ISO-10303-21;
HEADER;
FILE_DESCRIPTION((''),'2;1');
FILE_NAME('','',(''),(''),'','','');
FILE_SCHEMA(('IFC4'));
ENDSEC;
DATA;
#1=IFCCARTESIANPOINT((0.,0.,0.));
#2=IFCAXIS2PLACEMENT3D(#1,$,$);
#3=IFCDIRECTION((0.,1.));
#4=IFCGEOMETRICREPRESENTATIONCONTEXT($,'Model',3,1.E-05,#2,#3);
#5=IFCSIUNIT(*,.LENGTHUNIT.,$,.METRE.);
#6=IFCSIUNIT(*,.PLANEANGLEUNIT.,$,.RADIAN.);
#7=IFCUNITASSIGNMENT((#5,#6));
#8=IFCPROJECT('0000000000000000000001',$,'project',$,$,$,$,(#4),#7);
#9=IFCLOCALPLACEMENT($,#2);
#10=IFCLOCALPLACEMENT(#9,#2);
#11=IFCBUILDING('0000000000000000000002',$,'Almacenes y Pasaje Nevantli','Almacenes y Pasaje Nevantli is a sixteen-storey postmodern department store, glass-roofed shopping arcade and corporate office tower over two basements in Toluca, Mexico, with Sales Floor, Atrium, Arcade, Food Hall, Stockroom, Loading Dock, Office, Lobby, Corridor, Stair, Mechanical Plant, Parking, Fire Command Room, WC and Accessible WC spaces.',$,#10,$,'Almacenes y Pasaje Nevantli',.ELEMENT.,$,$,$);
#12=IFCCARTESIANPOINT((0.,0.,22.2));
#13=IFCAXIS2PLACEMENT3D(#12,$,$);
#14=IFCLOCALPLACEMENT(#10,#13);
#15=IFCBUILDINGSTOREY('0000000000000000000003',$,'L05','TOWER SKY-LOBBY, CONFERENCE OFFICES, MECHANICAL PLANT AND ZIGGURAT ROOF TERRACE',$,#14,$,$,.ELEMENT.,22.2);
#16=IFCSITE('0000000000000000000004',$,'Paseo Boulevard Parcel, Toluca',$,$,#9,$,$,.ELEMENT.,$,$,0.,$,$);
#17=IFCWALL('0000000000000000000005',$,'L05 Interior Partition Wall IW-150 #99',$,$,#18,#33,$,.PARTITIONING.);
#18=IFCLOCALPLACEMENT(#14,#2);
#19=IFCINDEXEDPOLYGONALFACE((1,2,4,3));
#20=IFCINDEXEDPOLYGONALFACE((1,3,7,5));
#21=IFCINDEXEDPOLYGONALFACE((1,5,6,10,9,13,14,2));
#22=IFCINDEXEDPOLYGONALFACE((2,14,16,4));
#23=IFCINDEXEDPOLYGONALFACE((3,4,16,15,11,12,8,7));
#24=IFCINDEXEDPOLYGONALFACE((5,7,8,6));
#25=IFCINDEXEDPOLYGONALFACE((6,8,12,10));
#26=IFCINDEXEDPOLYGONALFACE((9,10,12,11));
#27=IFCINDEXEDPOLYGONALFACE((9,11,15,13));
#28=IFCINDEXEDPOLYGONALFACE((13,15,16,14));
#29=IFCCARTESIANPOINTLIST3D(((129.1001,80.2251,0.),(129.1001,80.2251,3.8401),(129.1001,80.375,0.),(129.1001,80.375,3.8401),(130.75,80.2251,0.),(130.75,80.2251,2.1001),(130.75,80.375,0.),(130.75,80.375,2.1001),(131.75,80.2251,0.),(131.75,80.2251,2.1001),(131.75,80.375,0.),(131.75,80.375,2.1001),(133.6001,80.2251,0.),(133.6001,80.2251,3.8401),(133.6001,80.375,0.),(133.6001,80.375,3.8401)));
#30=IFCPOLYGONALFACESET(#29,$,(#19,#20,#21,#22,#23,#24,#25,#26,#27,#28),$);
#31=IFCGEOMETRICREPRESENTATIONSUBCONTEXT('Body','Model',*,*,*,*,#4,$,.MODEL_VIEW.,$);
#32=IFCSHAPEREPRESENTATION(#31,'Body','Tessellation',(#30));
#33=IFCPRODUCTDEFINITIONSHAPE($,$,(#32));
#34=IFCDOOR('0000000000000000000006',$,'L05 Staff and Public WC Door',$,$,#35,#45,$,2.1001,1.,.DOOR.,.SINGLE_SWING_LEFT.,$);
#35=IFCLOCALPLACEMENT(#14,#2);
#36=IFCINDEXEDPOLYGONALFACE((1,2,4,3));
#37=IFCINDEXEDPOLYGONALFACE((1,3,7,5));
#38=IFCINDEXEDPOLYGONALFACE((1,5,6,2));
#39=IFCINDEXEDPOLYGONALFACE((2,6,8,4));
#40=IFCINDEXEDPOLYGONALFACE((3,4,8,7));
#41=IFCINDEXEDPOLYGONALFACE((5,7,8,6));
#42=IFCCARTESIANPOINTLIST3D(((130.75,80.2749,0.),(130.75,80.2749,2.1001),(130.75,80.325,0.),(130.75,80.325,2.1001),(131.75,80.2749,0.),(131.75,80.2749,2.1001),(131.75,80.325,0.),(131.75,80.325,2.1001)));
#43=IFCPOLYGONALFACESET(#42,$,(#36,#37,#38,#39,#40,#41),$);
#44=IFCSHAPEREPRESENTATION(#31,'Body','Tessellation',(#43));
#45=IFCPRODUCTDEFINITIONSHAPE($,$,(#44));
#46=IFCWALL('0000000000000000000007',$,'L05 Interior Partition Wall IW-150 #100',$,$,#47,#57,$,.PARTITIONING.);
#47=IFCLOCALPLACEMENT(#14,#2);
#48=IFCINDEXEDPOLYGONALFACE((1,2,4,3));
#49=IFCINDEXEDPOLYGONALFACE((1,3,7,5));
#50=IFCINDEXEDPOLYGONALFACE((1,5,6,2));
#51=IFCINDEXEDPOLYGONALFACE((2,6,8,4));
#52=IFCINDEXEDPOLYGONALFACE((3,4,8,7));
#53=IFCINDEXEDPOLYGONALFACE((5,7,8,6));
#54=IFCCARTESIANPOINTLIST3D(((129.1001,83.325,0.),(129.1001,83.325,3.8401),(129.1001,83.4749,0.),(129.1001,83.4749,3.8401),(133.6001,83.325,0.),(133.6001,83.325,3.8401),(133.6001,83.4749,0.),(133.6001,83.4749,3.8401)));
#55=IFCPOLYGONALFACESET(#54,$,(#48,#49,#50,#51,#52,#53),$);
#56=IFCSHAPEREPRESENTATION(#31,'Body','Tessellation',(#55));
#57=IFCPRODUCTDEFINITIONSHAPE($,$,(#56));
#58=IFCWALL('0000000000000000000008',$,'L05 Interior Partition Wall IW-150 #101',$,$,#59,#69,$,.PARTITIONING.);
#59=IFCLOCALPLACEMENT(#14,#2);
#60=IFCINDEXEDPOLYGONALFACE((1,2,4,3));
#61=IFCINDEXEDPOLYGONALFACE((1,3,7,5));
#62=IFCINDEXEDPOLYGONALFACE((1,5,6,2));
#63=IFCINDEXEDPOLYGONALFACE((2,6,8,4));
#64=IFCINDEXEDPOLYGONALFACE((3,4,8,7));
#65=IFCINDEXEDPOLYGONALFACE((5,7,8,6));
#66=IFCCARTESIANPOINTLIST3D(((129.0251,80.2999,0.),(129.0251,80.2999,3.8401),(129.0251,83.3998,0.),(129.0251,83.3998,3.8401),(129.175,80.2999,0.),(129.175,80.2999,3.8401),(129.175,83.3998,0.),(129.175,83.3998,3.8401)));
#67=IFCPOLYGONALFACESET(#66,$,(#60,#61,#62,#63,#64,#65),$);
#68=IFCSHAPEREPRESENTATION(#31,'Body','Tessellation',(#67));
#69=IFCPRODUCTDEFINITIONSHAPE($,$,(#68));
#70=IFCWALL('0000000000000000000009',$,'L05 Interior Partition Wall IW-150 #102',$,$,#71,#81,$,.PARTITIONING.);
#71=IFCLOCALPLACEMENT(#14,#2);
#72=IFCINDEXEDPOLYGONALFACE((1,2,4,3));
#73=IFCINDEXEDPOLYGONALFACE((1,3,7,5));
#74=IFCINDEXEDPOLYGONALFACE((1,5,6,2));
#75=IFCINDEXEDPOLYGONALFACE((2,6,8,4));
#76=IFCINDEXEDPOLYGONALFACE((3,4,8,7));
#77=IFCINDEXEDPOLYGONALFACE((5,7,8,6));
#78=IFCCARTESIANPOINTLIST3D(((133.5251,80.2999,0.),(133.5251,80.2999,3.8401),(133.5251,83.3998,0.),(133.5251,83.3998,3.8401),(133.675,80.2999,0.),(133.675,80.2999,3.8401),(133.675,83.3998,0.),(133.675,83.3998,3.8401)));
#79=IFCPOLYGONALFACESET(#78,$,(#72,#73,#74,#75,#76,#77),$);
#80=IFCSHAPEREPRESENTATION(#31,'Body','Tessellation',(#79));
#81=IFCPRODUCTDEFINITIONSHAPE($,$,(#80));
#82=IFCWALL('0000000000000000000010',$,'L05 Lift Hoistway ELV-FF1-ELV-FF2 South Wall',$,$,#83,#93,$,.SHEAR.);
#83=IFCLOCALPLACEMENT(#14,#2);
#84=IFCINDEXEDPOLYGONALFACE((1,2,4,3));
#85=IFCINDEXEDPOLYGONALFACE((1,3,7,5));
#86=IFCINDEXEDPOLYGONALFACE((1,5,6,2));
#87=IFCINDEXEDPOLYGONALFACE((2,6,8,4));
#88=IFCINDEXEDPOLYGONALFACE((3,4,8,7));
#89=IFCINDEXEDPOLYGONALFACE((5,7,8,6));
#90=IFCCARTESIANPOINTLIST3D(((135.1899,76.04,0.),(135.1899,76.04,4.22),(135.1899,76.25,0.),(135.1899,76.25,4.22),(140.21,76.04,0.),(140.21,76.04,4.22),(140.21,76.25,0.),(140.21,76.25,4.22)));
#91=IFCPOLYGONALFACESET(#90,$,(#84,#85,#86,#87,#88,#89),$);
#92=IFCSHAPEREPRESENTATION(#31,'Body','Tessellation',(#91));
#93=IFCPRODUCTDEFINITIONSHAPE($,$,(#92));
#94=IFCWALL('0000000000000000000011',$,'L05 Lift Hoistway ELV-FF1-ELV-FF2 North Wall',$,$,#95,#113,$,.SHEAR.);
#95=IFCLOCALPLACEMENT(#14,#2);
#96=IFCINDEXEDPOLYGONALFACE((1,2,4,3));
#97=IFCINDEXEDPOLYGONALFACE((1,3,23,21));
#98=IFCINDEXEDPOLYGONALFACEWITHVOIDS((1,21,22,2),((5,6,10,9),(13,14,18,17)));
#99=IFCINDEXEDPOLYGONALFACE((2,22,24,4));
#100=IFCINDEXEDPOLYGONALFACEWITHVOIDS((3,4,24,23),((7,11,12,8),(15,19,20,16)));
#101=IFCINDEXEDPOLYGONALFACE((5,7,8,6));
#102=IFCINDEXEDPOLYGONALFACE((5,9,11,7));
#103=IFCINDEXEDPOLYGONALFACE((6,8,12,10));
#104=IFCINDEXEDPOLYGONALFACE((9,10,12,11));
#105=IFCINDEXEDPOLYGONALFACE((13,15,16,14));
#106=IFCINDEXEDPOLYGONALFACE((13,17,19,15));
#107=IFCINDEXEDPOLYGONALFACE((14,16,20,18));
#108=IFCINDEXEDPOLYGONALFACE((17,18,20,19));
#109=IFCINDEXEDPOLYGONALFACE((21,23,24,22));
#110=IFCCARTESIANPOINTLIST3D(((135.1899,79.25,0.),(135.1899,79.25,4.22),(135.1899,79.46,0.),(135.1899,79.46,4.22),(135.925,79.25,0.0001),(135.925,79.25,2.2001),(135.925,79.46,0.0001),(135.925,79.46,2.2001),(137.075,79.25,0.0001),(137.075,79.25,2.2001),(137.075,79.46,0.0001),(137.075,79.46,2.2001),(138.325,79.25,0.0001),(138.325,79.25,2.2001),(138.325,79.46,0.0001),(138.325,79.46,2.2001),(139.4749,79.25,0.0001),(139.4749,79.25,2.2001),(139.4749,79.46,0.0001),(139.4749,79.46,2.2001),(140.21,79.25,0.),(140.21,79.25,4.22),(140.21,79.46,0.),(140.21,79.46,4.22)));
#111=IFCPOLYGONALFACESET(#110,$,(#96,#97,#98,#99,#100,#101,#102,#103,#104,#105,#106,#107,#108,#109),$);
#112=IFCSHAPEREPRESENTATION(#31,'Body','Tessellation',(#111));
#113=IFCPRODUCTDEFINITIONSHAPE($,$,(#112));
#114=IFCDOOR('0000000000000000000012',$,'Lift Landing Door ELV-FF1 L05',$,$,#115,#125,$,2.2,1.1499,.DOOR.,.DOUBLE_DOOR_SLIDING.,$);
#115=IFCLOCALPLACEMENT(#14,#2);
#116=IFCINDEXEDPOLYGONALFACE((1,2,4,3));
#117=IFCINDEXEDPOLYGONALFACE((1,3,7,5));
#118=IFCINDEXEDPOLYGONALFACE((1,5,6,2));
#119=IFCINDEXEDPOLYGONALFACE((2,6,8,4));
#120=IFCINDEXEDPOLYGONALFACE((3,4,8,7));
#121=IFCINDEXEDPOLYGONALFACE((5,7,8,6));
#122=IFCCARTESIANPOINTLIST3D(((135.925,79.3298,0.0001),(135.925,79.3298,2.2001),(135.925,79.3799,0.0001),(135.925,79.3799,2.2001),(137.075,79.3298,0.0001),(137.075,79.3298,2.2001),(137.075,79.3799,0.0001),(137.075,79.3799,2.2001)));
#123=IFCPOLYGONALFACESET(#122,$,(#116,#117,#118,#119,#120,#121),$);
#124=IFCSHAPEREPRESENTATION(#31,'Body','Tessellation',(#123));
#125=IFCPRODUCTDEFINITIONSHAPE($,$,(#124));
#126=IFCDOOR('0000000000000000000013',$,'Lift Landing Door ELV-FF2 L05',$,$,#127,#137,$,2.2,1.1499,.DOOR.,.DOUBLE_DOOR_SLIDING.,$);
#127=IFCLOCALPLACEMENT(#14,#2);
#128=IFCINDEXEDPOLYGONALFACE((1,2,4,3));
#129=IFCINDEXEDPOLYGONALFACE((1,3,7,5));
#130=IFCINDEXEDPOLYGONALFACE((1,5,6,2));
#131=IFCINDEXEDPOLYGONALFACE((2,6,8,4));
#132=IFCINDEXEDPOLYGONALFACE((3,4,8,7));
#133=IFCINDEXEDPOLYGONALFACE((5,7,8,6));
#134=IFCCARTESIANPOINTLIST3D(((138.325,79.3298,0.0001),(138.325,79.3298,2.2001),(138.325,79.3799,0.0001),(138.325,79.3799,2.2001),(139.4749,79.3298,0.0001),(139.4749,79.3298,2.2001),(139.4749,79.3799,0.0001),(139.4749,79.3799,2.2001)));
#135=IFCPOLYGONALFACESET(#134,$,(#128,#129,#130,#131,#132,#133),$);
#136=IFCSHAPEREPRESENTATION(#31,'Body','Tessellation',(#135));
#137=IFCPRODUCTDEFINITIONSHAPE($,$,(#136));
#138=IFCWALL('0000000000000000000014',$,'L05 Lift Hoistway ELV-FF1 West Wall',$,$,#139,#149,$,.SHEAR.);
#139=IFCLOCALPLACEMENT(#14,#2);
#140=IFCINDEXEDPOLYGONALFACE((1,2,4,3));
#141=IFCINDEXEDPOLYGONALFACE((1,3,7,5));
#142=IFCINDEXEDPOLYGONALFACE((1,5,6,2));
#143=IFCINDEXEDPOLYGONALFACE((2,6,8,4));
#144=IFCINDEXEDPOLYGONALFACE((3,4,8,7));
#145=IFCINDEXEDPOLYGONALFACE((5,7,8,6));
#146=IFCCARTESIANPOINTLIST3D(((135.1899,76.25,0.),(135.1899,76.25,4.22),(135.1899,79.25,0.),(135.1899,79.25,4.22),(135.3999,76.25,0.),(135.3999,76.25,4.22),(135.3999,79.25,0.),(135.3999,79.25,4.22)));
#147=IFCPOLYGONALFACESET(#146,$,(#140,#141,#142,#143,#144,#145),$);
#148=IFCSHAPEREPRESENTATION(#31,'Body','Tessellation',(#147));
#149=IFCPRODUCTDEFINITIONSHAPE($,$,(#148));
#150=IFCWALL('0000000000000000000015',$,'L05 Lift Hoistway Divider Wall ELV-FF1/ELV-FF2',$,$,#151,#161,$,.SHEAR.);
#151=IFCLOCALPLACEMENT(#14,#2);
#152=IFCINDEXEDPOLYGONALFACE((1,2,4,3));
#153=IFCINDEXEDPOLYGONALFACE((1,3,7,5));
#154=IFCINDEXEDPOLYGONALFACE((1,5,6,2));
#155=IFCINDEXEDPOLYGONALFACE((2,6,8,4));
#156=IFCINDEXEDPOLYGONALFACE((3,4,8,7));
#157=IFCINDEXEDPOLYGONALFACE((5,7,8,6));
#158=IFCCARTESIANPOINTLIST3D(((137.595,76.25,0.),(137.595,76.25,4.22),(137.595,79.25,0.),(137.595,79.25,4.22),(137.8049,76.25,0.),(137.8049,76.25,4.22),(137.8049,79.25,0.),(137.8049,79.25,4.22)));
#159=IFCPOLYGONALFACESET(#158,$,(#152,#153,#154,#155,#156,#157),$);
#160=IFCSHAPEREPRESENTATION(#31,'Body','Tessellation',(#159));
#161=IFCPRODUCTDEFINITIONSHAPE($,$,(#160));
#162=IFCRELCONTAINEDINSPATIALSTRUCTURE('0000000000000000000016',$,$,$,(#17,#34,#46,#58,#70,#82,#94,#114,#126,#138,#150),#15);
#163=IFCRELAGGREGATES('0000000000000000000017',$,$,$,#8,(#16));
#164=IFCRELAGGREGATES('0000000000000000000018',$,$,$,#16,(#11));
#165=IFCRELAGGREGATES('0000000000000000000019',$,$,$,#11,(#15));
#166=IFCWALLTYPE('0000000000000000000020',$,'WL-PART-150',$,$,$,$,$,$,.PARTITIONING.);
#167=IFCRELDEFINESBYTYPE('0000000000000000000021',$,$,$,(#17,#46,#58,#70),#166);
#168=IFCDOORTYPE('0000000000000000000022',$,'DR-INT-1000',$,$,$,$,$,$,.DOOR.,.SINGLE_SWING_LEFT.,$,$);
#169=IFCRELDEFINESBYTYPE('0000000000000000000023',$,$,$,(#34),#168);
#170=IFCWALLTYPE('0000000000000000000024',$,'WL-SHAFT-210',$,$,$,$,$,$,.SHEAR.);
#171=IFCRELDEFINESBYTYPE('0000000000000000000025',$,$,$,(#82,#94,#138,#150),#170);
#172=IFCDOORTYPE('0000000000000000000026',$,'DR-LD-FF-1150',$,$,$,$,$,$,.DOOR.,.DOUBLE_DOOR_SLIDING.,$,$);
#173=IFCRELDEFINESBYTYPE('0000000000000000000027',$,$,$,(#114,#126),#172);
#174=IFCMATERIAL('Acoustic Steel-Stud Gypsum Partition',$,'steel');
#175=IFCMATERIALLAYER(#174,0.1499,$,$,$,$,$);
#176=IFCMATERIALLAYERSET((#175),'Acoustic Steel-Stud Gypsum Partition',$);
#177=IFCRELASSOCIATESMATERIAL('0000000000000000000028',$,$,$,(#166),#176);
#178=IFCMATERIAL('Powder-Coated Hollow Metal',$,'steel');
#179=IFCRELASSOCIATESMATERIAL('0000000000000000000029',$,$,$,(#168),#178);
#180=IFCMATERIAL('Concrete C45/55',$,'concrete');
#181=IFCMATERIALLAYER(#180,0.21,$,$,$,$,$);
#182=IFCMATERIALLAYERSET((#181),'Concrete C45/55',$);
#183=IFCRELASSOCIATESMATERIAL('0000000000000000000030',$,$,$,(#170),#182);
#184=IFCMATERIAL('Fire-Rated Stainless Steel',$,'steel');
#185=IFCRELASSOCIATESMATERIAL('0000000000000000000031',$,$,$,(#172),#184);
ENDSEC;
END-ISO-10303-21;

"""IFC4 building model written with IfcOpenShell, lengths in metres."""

from ifc_helpers import new_model, si_unit, direction, frame, frame_2d, origin, place, context, subcontext, project, spatial, rectangle, extrude, material, layer, layer_set, type_object, element, fill, save


model = new_model("IFC4")

# Units and contexts
model_context = context("Model", 3, precision=1e-05, world=origin(), true_north=direction((0.0, 1.0)))
body_context = subcontext(model_context, "Body", "Model", "MODEL_VIEW")
ifc_project = project(units=[si_unit("LENGTHUNIT", "METRE"), si_unit("PLANEANGLEUNIT", "RADIAN")], contexts=[model_context])

# Site, building, storey
site_placement = place(None, origin())
site = spatial("IfcSite", under=ifc_project, at=site_placement, Name="Paseo Boulevard Parcel, Toluca", CompositionType="ELEMENT", RefElevation=0.0)
building_placement = place(site_placement, origin())
building = spatial("IfcBuilding", under=site, at=building_placement, Name="Almacenes y Pasaje Nevantli", Description="Almacenes y Pasaje Nevantli is a sixteen-storey postmodern department store, glass-roofed shopping arcade and corporate office tower over two basements in Toluca, Mexico, with Sales Floor, Atrium, Arcade, Food Hall, Stockroom, Loading Dock, Office, Lobby, Corridor, Stair, Mechanical Plant, Parking, Fire Command Room, WC and Accessible WC spaces.", LongName="Almacenes y Pasaje Nevantli", CompositionType="ELEMENT")
storey_placement = place(building_placement, frame((0.0, 0.0, 22.2)))
storey = spatial("IfcBuildingStorey", under=building, at=storey_placement, Name="L05", Description="TOWER SKY-LOBBY, CONFERENCE OFFICES, MECHANICAL PLANT AND ZIGGURAT ROOF TERRACE", CompositionType="ELEMENT", Elevation=22.2)

# Wall, opening, door
ifc_material_1 = material(Name="Acoustic Steel-Stud Gypsum Partition", Category="steel")
ifc_layer_1 = layer(ifc_material_1, 0.1499)
ifc_layer_set_1 = layer_set([ifc_layer_1], Name="Acoustic Steel-Stud Gypsum Partition")
wall_type_1 = type_object("IfcWallType", Name="WL-PART-150", PredefinedType="PARTITIONING", material=ifc_layer_set_1)
wall_1_placement = place(storey_placement, frame((129.1001, 80.3, 0.0), z_axis=(0.0, 0.0, 1.0), x_axis=(1.0, 0.0, 0.0)))
wall_1 = element("IfcWall", 1, at=wall_1_placement, inside=storey, type_object=wall_type_1, Name="L05 Interior Partition Wall IW-150 #99", PredefinedType="PARTITIONING", context=body_context, shape_type="SweptSolid", body=[
    extrude(rectangle(XDim=4.5, YDim=0.1499, at=frame_2d((2.25, 0.0))), origin(), (0.0, 0.0, 1.0), 3.8401),
])
opening_1_placement = place(wall_1_placement, frame((1.6499, 0.0, 0.0)))
opening_1 = element("IfcOpeningElement", 2, at=opening_1_placement, cuts=wall_1, PredefinedType="OPENING", context=body_context, shape_type="SweptSolid", body=[
    extrude(rectangle(XDim=1.0, YDim=2.1001, at=frame_2d((0.5, 1.05))), frame((0.0, 0.085, 0.0), z_axis=(0.0, -1.0, 0.0), x_axis=(1.0, 0.0, 0.0)), (0.0, 0.0, 1.0), 0.1699),
])
ifc_material_2 = material(Name="Powder-Coated Hollow Metal", Category="steel")
door_type_1 = type_object("IfcDoorType", Name="DR-INT-1000", OperationType="SINGLE_SWING_LEFT", PredefinedType="DOOR", material=ifc_material_2)
door_1_placement = place(opening_1_placement, origin())
door_1 = element("IfcDoor", 3, at=door_1_placement, inside=storey, type_object=door_type_1, Name="L05 Staff and Public WC Door", OperationType="SINGLE_SWING_LEFT", OverallHeight=2.1001, OverallWidth=1.0, PredefinedType="DOOR", context=body_context, shape_type="SweptSolid", body=[
    extrude(rectangle(XDim=1.0, YDim=2.1001, at=frame_2d((0.5, 1.05))), frame((0.0, 0.0249, 0.0), z_axis=(0.0, -1.0, 0.0), x_axis=(1.0, 0.0, 0.0)), (0.0, 0.0, 1.0), 0.05),
])
fill(opening_1, door_1)

# Walls
wall_2_placement = place(storey_placement, frame((129.1001, 83.3999, 0.0), z_axis=(0.0, 0.0, 1.0), x_axis=(1.0, 0.0, 0.0)))
element("IfcWall", 4, at=wall_2_placement, inside=storey, type_object=wall_type_1, Name="L05 Interior Partition Wall IW-150 #100", PredefinedType="PARTITIONING", context=body_context, shape_type="SweptSolid", body=[
    extrude(rectangle(XDim=4.5, YDim=0.1499, at=frame_2d((2.25, 0.0))), origin(), (0.0, 0.0, 1.0), 3.8401),
])
for number, where, z_axis, x_axis, name in (
    (5, (129.1001, 80.3, 0.0), (0.0, 0.0, 1.0), (0.0, 1.0, 0.0), "L05 Interior Partition Wall IW-150 #101"),
    (6, (133.6001, 80.3, 0.0), (0.0, 0.0, 1.0), (0.0, 1.0, 0.0), "L05 Interior Partition Wall IW-150 #102"),
):
    element("IfcWall", number, at=place(storey_placement, frame(where, z_axis=z_axis, x_axis=x_axis)), inside=storey, type_object=wall_type_1, Name=name, PredefinedType="PARTITIONING", context=body_context, shape_type="SweptSolid", body=[
        extrude(rectangle(XDim=3.0999, YDim=0.1499, at=frame_2d((1.5498, 0.0))), origin(), (0.0, 0.0, 1.0), 3.8401),
    ])
ifc_material_3 = material(Name="Concrete C45/55", Category="concrete")
ifc_layer_2 = layer(ifc_material_3, 0.21)
ifc_layer_set_2 = layer_set([ifc_layer_2], Name="Concrete C45/55")
wall_type_2 = type_object("IfcWallType", Name="WL-SHAFT-210", PredefinedType="SHEAR", material=ifc_layer_set_2)
wall_3_placement = place(storey_placement, frame((135.1899, 76.145, 0.0), z_axis=(0.0, 0.0, 1.0), x_axis=(1.0, 0.0, 0.0)))
element("IfcWall", 7, at=wall_3_placement, inside=storey, type_object=wall_type_2, Name="L05 Lift Hoistway ELV-FF1-ELV-FF2 South Wall", PredefinedType="SHEAR", context=body_context, shape_type="SweptSolid", body=[
    extrude(rectangle(XDim=5.02, YDim=0.21, at=frame_2d((2.51, 0.0))), origin(), (0.0, 0.0, 1.0), 4.22),
])

# Wall, openings, doors
wall_4_placement = place(storey_placement, frame((135.1899, 79.355, 0.0), z_axis=(0.0, 0.0, 1.0), x_axis=(1.0, 0.0, 0.0)))
wall_4 = element("IfcWall", 8, at=wall_4_placement, inside=storey, type_object=wall_type_2, Name="L05 Lift Hoistway ELV-FF1-ELV-FF2 North Wall", PredefinedType="SHEAR", context=body_context, shape_type="SweptSolid", body=[
    extrude(rectangle(XDim=5.02, YDim=0.21, at=frame_2d((2.51, 0.0))), origin(), (0.0, 0.0, 1.0), 4.22),
])
opening_2_placement = place(wall_4_placement, frame((0.7351, 0.0, 0.0)))
opening_2 = element("IfcOpeningElement", 9, at=opening_2_placement, cuts=wall_4, PredefinedType="OPENING", context=body_context, shape_type="SweptSolid", body=[
    extrude(rectangle(XDim=1.1499, YDim=2.2, at=frame_2d((0.575, 1.1001))), frame((0.0, 0.115, 0.0), z_axis=(0.0, -1.0, 0.0), x_axis=(1.0, 0.0, 0.0)), (0.0, 0.0, 1.0), 0.23),
])
opening_3_placement = place(wall_4_placement, frame((3.135, 0.0, 0.0)))
opening_3 = element("IfcOpeningElement", 10, at=opening_3_placement, cuts=wall_4, PredefinedType="OPENING", context=body_context, shape_type="SweptSolid", body=[
    extrude(rectangle(XDim=1.1499, YDim=2.2, at=frame_2d((0.575, 1.1001))), frame((0.0, 0.115, 0.0), z_axis=(0.0, -1.0, 0.0), x_axis=(1.0, 0.0, 0.0)), (0.0, 0.0, 1.0), 0.23),
])
ifc_material_4 = material(Name="Fire-Rated Stainless Steel", Category="steel")
door_type_2 = type_object("IfcDoorType", Name="DR-LD-FF-1150", OperationType="DOUBLE_DOOR_SLIDING", PredefinedType="DOOR", material=ifc_material_4)
door_2_placement = place(opening_2_placement, origin())
door_2 = element("IfcDoor", 11, at=door_2_placement, inside=storey, type_object=door_type_2, Name="Lift Landing Door ELV-FF1 L05", OperationType="DOUBLE_DOOR_SLIDING", OverallHeight=2.2, OverallWidth=1.1499, PredefinedType="DOOR", context=body_context, shape_type="SweptSolid", body=[
    extrude(rectangle(XDim=1.1499, YDim=2.2, at=frame_2d((0.575, 1.1001))), frame((0.0, 0.0249, 0.0), z_axis=(0.0, -1.0, 0.0), x_axis=(1.0, 0.0, 0.0)), (0.0, 0.0, 1.0), 0.05),
])
fill(opening_2, door_2)
door_3_placement = place(opening_3_placement, origin())
door_3 = element("IfcDoor", 12, at=door_3_placement, inside=storey, type_object=door_type_2, Name="Lift Landing Door ELV-FF2 L05", OperationType="DOUBLE_DOOR_SLIDING", OverallHeight=2.2, OverallWidth=1.1499, PredefinedType="DOOR", context=body_context, shape_type="SweptSolid", body=[
    extrude(rectangle(XDim=1.1499, YDim=2.2, at=frame_2d((0.575, 1.1001))), frame((0.0, 0.0249, 0.0), z_axis=(0.0, -1.0, 0.0), x_axis=(1.0, 0.0, 0.0)), (0.0, 0.0, 1.0), 0.05),
])
fill(opening_3, door_3)

# Walls
for number, where, z_axis, x_axis, name in (
    (13, (135.2949, 76.25, 0.0), (0.0, 0.0, 1.0), (0.0, 1.0, 0.0), "L05 Lift Hoistway ELV-FF1 West Wall"),
    (14, (137.7, 76.25, 0.0), (0.0, 0.0, 1.0), (0.0, 1.0, 0.0), "L05 Lift Hoistway Divider Wall ELV-FF1/ELV-FF2"),
):
    element("IfcWall", number, at=place(storey_placement, frame(where, z_axis=z_axis, x_axis=x_axis)), inside=storey, type_object=wall_type_2, Name=name, PredefinedType="SHEAR", context=body_context, shape_type="SweptSolid", body=[
        extrude(rectangle(XDim=3.0, YDim=0.21, at=frame_2d((1.5, 0.0))), origin(), (0.0, 0.0, 1.0), 4.22),
    ])

save(model, "model.ifc")
